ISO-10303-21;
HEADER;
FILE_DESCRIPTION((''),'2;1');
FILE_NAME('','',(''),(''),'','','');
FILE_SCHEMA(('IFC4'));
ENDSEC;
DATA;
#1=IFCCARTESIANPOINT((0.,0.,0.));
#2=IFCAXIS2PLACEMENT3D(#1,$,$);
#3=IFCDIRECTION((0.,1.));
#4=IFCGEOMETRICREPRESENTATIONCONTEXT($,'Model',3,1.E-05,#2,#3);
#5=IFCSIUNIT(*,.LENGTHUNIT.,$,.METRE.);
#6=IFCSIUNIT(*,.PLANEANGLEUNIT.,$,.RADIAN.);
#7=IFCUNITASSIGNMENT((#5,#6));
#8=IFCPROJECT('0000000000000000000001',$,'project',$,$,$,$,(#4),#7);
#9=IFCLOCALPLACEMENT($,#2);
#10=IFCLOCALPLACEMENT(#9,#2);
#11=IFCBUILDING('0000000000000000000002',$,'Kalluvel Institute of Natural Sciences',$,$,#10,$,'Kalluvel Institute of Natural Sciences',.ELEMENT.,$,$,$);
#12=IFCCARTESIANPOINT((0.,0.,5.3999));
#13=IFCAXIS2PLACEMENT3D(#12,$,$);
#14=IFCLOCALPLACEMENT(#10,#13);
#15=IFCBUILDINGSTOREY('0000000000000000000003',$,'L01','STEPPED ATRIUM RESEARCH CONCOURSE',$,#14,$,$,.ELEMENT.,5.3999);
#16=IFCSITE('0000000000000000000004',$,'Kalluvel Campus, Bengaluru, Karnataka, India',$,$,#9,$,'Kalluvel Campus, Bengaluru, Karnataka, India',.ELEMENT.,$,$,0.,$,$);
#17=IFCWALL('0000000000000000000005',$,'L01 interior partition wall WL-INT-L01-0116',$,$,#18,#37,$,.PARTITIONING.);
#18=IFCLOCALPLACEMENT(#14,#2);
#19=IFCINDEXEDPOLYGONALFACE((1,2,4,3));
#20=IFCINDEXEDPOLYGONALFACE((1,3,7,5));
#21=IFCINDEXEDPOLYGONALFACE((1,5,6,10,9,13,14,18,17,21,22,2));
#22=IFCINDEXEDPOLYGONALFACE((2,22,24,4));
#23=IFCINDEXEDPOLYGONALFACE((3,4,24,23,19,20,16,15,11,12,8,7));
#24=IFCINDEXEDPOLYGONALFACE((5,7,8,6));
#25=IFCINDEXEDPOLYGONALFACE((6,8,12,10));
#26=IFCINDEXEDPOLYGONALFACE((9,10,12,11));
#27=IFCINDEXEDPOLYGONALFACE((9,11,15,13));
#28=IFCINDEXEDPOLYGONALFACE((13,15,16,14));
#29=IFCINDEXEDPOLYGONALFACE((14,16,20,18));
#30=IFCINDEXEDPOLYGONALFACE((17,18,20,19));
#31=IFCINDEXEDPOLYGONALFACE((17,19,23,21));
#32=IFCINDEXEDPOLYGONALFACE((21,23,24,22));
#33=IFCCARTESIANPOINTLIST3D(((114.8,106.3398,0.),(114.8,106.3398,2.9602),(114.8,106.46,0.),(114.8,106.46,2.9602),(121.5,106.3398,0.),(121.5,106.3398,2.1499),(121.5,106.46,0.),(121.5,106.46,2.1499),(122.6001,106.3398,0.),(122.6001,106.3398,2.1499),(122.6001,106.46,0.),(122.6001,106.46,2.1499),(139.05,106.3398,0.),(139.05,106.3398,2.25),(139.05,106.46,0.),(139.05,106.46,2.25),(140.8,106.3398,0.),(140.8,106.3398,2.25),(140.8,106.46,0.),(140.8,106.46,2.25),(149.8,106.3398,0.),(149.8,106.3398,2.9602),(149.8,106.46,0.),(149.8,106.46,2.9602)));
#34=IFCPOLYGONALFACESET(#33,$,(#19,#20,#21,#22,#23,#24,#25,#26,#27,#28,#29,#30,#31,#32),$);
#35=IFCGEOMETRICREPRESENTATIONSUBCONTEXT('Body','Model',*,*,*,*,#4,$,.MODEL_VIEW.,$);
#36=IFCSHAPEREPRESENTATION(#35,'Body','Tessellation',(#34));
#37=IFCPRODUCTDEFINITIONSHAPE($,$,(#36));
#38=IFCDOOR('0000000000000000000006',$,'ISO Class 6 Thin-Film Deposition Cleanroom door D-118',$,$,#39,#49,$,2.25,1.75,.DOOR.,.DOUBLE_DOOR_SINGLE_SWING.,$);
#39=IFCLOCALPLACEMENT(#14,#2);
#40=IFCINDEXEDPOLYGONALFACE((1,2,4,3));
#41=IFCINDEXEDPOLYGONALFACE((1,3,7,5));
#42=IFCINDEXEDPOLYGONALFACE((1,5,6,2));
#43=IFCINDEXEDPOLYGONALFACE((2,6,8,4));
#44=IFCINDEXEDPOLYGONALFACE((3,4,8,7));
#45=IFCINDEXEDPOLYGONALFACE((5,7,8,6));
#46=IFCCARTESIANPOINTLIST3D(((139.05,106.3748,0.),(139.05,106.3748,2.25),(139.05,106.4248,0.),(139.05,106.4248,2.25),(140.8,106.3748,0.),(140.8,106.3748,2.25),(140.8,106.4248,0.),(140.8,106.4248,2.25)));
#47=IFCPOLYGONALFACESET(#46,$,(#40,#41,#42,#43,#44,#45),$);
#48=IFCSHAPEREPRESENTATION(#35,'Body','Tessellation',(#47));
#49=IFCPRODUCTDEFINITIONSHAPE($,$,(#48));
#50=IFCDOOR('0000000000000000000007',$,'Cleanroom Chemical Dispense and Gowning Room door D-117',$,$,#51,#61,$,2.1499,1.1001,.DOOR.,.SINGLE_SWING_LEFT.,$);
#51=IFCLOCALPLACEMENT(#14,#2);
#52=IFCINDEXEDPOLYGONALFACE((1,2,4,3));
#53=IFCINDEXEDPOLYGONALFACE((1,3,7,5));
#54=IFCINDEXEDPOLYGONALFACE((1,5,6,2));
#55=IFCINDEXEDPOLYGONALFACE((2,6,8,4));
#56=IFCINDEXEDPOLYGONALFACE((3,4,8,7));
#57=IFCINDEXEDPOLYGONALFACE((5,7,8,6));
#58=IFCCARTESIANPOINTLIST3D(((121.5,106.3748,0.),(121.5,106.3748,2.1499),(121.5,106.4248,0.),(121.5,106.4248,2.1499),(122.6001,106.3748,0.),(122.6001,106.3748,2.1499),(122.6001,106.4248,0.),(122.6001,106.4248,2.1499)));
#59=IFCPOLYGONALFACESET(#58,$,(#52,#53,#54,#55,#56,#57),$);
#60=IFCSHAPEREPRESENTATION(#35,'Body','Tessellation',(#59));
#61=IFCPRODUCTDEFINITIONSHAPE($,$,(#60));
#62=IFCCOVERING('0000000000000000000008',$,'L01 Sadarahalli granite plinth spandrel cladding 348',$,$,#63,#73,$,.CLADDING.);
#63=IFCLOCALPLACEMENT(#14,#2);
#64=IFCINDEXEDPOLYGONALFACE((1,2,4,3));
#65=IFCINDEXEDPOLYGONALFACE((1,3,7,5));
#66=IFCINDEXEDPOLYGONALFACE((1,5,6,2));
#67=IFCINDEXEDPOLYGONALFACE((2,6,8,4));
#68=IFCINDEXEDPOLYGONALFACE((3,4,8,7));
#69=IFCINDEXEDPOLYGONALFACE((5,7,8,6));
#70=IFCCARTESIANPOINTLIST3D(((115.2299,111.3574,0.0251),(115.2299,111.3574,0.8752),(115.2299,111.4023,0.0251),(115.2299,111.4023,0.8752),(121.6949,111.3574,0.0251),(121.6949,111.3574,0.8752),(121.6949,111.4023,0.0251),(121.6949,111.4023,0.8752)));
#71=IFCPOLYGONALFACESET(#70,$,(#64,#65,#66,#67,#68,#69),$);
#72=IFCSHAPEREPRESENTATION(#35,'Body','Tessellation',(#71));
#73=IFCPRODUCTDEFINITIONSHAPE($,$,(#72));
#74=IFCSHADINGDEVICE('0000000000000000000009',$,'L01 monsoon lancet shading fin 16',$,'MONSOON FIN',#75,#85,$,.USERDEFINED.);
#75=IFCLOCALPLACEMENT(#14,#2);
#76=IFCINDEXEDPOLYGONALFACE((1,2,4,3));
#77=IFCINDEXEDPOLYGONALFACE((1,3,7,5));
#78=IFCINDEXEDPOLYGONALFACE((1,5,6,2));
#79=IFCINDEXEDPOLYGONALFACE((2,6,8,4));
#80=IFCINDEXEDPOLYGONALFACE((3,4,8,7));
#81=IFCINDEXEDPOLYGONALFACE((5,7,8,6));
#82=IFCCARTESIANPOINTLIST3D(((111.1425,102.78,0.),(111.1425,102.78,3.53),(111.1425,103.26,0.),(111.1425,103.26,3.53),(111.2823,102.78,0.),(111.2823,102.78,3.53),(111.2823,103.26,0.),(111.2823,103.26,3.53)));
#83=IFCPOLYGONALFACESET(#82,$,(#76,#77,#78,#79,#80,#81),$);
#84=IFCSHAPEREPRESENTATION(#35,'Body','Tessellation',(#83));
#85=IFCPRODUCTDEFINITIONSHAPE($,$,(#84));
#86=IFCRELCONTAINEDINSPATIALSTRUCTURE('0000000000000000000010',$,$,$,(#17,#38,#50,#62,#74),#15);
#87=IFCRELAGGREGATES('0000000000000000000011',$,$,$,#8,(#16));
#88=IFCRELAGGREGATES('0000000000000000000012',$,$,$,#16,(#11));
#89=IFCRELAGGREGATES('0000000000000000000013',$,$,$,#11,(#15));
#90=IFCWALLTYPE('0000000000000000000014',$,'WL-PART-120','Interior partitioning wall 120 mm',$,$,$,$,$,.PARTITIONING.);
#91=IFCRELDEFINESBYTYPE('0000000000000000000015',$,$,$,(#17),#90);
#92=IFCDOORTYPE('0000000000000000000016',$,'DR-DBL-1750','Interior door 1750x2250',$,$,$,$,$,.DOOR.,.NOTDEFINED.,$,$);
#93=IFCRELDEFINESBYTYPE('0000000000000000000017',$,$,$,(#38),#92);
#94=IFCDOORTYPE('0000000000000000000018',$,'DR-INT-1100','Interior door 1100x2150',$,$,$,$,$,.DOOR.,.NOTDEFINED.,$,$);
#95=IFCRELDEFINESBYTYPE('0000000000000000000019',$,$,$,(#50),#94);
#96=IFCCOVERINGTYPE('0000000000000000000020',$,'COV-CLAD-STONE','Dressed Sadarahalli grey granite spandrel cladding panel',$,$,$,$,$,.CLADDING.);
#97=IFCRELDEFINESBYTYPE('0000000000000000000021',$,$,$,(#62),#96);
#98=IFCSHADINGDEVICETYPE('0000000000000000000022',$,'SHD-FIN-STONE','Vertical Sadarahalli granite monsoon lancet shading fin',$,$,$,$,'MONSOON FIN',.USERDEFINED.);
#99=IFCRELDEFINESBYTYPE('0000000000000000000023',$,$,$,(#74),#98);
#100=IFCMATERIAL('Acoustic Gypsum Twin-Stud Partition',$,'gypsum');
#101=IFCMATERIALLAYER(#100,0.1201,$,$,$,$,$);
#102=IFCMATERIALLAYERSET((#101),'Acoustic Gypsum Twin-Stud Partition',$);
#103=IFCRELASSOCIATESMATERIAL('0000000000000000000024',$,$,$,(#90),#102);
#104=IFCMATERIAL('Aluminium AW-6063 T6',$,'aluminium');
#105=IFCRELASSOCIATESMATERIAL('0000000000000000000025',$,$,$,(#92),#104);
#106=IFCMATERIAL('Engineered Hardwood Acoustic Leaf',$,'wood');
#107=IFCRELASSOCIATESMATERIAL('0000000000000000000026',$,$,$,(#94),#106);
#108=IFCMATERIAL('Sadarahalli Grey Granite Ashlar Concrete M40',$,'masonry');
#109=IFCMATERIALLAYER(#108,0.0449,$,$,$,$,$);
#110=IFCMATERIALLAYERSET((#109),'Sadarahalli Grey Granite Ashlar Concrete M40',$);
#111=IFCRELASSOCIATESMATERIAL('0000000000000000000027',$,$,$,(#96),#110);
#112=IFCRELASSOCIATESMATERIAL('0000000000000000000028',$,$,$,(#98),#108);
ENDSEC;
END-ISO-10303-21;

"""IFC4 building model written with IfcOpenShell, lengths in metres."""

from ifc_helpers import new_model, si_unit, direction, frame, frame_2d, origin, origin_2d, place, context, subcontext, project, spatial, rectangle, extrude, material, layer, layer_set, type_object, element, fill, save


model = new_model("IFC4")

# Units and contexts
model_context = context("Model", 3, precision=1e-05, world=origin(), true_north=direction((0.0, 1.0)))
body_context = subcontext(model_context, "Body", "Model", "MODEL_VIEW")
ifc_project = project(units=[si_unit("LENGTHUNIT", "METRE"), si_unit("PLANEANGLEUNIT", "RADIAN")], contexts=[model_context])

# Site, building, storey
site_placement = place(None, origin())
site = spatial("IfcSite", under=ifc_project, at=site_placement, Name="Kalluvel Campus, Bengaluru, Karnataka, India", LongName="Kalluvel Campus, Bengaluru, Karnataka, India", CompositionType="ELEMENT", RefElevation=0.0)
building_placement = place(site_placement, origin())
building = spatial("IfcBuilding", under=site, at=building_placement, Name="Kalluvel Institute of Natural Sciences", LongName="Kalluvel Institute of Natural Sciences", CompositionType="ELEMENT")
storey_placement = place(building_placement, frame((0.0, 0.0, 5.3999)))
storey = spatial("IfcBuildingStorey", under=building, at=storey_placement, Name="L01", Description="STEPPED ATRIUM RESEARCH CONCOURSE", CompositionType="ELEMENT", Elevation=5.3999)

# Shared definitions
ifc_material_1 = material(Name="Aluminium AW-6063 T6", Category="aluminium")

# Shared definitions
ifc_material_2 = material(Name="Sadarahalli Grey Granite Ashlar Concrete M40", Category="masonry")

# Wall, openings, doors
ifc_material_3 = material(Name="Acoustic Gypsum Twin-Stud Partition", Category="gypsum")
ifc_layer_1 = layer(ifc_material_3, 0.1201)
ifc_layer_set_1 = layer_set([ifc_layer_1], Name="Acoustic Gypsum Twin-Stud Partition")
wall_type_1 = type_object("IfcWallType", Name="WL-PART-120", Description="Interior partitioning wall 120 mm", PredefinedType="PARTITIONING", material=ifc_layer_set_1)
wall_1_placement = place(storey_placement, frame((114.8, 106.3999, 0.0), z_axis=(0.0, 0.0, 1.0), x_axis=(1.0, 0.0, 0.0)))
wall_1 = element("IfcWall", 1, at=wall_1_placement, inside=storey, type_object=wall_type_1, Name="L01 interior partition wall WL-INT-L01-0116", PredefinedType="PARTITIONING", context=body_context, shape_type="SweptSolid", body=[
    extrude(rectangle(XDim=35.0, YDim=0.1201, at=frame_2d((17.5, 0.0))), origin(), (0.0, 0.0, 1.0), 2.9602),
])
opening_1_placement = place(wall_1_placement, frame((6.7, 0.0, 0.0)))
opening_1 = element("IfcOpeningElement", 2, at=opening_1_placement, cuts=wall_1, PredefinedType="OPENING", context=body_context, shape_type="SweptSolid", body=[
    extrude(rectangle(XDim=1.1001, YDim=2.1499, at=frame_2d((0.55, 1.075))), frame((0.0, 0.0701, 0.0), z_axis=(0.0, -1.0, 0.0), x_axis=(1.0, 0.0, 0.0)), (0.0, 0.0, 1.0), 0.1401),
])
opening_2_placement = place(wall_1_placement, frame((24.25, 0.0, 0.0)))
opening_2 = element("IfcOpeningElement", 3, at=opening_2_placement, cuts=wall_1, PredefinedType="OPENING", context=body_context, shape_type="SweptSolid", body=[
    extrude(rectangle(XDim=1.75, YDim=2.25, at=frame_2d((0.875, 1.125))), frame((0.0, 0.0701, 0.0), z_axis=(0.0, -1.0, 0.0), x_axis=(1.0, 0.0, 0.0)), (0.0, 0.0, 1.0), 0.1401),
])
door_type_1 = type_object("IfcDoorType", Name="DR-DBL-1750", Description="Interior door 1750x2250", OperationType="NOTDEFINED", PredefinedType="DOOR", material=ifc_material_1)
door_1_placement = place(opening_2_placement, origin())
door_1 = element("IfcDoor", 4, at=door_1_placement, inside=storey, type_object=door_type_1, Name="ISO Class 6 Thin-Film Deposition Cleanroom door D-118", OperationType="DOUBLE_DOOR_SINGLE_SWING", OverallHeight=2.25, OverallWidth=1.75, PredefinedType="DOOR", context=body_context, shape_type="SweptSolid", body=[
    extrude(rectangle(XDim=1.75, YDim=2.25, at=frame_2d((0.875, 1.125))), frame((0.0, 0.0249, 0.0), z_axis=(0.0, -1.0, 0.0), x_axis=(1.0, 0.0, 0.0)), (0.0, 0.0, 1.0), 0.05),
])
fill(opening_2, door_1)
ifc_material_4 = material(Name="Engineered Hardwood Acoustic Leaf", Category="wood")
door_type_2 = type_object("IfcDoorType", Name="DR-INT-1100", Description="Interior door 1100x2150", OperationType="NOTDEFINED", PredefinedType="DOOR", material=ifc_material_4)
door_2_placement = place(opening_1_placement, origin())
door_2 = element("IfcDoor", 5, at=door_2_placement, inside=storey, type_object=door_type_2, Name="Cleanroom Chemical Dispense and Gowning Room door D-117", OperationType="SINGLE_SWING_LEFT", OverallHeight=2.1499, OverallWidth=1.1001, PredefinedType="DOOR", context=body_context, shape_type="SweptSolid", body=[
    extrude(rectangle(XDim=1.1001, YDim=2.1499, at=frame_2d((0.55, 1.075))), frame((0.0, 0.0249, 0.0), z_axis=(0.0, -1.0, 0.0), x_axis=(1.0, 0.0, 0.0)), (0.0, 0.0, 1.0), 0.05),
])
fill(opening_1, door_2)

# Covering
ifc_layer_2 = layer(ifc_material_2, 0.0449)
ifc_layer_set_2 = layer_set([ifc_layer_2], Name="Sadarahalli Grey Granite Ashlar Concrete M40")
covering_type = type_object("IfcCoveringType", Name="COV-CLAD-STONE", Description="Dressed Sadarahalli grey granite spandrel cladding panel", PredefinedType="CLADDING", material=ifc_layer_set_2)
covering_placement = place(storey_placement, frame((118.4624, 111.3799, 0.0251), z_axis=(0.0, 0.0, 1.0), x_axis=(1.0, 0.0, 0.0)))
element("IfcCovering", 6, at=covering_placement, inside=storey, type_object=covering_type, Name="L01 Sadarahalli granite plinth spandrel cladding 348", PredefinedType="CLADDING", context=body_context, shape_type="SweptSolid", body=[
    extrude(rectangle(XDim=6.4651, YDim=0.0449, at=origin_2d()), origin(), (0.0, 0.0, 1.0), 0.8501),
])

# Shading device
shading_device_type = type_object("IfcShadingDeviceType", Name="SHD-FIN-STONE", Description="Vertical Sadarahalli granite monsoon lancet shading fin", ElementType="MONSOON FIN", PredefinedType="USERDEFINED", material=ifc_material_2)
shading_device_placement = place(storey_placement, frame((111.2124, 103.02, 0.0), z_axis=(0.0, 0.0, 1.0), x_axis=(1.0, 0.0, 0.0)))
element("IfcShadingDevice", 7, at=shading_device_placement, inside=storey, type_object=shading_device_type, Name="L01 monsoon lancet shading fin 16", ObjectType="MONSOON FIN", PredefinedType="USERDEFINED", context=body_context, shape_type="SweptSolid", body=[
    extrude(rectangle(XDim=0.1399, YDim=0.48, at=origin_2d()), origin(), (0.0, 0.0, 1.0), 3.53),
])

save(model, "model.ifc")
